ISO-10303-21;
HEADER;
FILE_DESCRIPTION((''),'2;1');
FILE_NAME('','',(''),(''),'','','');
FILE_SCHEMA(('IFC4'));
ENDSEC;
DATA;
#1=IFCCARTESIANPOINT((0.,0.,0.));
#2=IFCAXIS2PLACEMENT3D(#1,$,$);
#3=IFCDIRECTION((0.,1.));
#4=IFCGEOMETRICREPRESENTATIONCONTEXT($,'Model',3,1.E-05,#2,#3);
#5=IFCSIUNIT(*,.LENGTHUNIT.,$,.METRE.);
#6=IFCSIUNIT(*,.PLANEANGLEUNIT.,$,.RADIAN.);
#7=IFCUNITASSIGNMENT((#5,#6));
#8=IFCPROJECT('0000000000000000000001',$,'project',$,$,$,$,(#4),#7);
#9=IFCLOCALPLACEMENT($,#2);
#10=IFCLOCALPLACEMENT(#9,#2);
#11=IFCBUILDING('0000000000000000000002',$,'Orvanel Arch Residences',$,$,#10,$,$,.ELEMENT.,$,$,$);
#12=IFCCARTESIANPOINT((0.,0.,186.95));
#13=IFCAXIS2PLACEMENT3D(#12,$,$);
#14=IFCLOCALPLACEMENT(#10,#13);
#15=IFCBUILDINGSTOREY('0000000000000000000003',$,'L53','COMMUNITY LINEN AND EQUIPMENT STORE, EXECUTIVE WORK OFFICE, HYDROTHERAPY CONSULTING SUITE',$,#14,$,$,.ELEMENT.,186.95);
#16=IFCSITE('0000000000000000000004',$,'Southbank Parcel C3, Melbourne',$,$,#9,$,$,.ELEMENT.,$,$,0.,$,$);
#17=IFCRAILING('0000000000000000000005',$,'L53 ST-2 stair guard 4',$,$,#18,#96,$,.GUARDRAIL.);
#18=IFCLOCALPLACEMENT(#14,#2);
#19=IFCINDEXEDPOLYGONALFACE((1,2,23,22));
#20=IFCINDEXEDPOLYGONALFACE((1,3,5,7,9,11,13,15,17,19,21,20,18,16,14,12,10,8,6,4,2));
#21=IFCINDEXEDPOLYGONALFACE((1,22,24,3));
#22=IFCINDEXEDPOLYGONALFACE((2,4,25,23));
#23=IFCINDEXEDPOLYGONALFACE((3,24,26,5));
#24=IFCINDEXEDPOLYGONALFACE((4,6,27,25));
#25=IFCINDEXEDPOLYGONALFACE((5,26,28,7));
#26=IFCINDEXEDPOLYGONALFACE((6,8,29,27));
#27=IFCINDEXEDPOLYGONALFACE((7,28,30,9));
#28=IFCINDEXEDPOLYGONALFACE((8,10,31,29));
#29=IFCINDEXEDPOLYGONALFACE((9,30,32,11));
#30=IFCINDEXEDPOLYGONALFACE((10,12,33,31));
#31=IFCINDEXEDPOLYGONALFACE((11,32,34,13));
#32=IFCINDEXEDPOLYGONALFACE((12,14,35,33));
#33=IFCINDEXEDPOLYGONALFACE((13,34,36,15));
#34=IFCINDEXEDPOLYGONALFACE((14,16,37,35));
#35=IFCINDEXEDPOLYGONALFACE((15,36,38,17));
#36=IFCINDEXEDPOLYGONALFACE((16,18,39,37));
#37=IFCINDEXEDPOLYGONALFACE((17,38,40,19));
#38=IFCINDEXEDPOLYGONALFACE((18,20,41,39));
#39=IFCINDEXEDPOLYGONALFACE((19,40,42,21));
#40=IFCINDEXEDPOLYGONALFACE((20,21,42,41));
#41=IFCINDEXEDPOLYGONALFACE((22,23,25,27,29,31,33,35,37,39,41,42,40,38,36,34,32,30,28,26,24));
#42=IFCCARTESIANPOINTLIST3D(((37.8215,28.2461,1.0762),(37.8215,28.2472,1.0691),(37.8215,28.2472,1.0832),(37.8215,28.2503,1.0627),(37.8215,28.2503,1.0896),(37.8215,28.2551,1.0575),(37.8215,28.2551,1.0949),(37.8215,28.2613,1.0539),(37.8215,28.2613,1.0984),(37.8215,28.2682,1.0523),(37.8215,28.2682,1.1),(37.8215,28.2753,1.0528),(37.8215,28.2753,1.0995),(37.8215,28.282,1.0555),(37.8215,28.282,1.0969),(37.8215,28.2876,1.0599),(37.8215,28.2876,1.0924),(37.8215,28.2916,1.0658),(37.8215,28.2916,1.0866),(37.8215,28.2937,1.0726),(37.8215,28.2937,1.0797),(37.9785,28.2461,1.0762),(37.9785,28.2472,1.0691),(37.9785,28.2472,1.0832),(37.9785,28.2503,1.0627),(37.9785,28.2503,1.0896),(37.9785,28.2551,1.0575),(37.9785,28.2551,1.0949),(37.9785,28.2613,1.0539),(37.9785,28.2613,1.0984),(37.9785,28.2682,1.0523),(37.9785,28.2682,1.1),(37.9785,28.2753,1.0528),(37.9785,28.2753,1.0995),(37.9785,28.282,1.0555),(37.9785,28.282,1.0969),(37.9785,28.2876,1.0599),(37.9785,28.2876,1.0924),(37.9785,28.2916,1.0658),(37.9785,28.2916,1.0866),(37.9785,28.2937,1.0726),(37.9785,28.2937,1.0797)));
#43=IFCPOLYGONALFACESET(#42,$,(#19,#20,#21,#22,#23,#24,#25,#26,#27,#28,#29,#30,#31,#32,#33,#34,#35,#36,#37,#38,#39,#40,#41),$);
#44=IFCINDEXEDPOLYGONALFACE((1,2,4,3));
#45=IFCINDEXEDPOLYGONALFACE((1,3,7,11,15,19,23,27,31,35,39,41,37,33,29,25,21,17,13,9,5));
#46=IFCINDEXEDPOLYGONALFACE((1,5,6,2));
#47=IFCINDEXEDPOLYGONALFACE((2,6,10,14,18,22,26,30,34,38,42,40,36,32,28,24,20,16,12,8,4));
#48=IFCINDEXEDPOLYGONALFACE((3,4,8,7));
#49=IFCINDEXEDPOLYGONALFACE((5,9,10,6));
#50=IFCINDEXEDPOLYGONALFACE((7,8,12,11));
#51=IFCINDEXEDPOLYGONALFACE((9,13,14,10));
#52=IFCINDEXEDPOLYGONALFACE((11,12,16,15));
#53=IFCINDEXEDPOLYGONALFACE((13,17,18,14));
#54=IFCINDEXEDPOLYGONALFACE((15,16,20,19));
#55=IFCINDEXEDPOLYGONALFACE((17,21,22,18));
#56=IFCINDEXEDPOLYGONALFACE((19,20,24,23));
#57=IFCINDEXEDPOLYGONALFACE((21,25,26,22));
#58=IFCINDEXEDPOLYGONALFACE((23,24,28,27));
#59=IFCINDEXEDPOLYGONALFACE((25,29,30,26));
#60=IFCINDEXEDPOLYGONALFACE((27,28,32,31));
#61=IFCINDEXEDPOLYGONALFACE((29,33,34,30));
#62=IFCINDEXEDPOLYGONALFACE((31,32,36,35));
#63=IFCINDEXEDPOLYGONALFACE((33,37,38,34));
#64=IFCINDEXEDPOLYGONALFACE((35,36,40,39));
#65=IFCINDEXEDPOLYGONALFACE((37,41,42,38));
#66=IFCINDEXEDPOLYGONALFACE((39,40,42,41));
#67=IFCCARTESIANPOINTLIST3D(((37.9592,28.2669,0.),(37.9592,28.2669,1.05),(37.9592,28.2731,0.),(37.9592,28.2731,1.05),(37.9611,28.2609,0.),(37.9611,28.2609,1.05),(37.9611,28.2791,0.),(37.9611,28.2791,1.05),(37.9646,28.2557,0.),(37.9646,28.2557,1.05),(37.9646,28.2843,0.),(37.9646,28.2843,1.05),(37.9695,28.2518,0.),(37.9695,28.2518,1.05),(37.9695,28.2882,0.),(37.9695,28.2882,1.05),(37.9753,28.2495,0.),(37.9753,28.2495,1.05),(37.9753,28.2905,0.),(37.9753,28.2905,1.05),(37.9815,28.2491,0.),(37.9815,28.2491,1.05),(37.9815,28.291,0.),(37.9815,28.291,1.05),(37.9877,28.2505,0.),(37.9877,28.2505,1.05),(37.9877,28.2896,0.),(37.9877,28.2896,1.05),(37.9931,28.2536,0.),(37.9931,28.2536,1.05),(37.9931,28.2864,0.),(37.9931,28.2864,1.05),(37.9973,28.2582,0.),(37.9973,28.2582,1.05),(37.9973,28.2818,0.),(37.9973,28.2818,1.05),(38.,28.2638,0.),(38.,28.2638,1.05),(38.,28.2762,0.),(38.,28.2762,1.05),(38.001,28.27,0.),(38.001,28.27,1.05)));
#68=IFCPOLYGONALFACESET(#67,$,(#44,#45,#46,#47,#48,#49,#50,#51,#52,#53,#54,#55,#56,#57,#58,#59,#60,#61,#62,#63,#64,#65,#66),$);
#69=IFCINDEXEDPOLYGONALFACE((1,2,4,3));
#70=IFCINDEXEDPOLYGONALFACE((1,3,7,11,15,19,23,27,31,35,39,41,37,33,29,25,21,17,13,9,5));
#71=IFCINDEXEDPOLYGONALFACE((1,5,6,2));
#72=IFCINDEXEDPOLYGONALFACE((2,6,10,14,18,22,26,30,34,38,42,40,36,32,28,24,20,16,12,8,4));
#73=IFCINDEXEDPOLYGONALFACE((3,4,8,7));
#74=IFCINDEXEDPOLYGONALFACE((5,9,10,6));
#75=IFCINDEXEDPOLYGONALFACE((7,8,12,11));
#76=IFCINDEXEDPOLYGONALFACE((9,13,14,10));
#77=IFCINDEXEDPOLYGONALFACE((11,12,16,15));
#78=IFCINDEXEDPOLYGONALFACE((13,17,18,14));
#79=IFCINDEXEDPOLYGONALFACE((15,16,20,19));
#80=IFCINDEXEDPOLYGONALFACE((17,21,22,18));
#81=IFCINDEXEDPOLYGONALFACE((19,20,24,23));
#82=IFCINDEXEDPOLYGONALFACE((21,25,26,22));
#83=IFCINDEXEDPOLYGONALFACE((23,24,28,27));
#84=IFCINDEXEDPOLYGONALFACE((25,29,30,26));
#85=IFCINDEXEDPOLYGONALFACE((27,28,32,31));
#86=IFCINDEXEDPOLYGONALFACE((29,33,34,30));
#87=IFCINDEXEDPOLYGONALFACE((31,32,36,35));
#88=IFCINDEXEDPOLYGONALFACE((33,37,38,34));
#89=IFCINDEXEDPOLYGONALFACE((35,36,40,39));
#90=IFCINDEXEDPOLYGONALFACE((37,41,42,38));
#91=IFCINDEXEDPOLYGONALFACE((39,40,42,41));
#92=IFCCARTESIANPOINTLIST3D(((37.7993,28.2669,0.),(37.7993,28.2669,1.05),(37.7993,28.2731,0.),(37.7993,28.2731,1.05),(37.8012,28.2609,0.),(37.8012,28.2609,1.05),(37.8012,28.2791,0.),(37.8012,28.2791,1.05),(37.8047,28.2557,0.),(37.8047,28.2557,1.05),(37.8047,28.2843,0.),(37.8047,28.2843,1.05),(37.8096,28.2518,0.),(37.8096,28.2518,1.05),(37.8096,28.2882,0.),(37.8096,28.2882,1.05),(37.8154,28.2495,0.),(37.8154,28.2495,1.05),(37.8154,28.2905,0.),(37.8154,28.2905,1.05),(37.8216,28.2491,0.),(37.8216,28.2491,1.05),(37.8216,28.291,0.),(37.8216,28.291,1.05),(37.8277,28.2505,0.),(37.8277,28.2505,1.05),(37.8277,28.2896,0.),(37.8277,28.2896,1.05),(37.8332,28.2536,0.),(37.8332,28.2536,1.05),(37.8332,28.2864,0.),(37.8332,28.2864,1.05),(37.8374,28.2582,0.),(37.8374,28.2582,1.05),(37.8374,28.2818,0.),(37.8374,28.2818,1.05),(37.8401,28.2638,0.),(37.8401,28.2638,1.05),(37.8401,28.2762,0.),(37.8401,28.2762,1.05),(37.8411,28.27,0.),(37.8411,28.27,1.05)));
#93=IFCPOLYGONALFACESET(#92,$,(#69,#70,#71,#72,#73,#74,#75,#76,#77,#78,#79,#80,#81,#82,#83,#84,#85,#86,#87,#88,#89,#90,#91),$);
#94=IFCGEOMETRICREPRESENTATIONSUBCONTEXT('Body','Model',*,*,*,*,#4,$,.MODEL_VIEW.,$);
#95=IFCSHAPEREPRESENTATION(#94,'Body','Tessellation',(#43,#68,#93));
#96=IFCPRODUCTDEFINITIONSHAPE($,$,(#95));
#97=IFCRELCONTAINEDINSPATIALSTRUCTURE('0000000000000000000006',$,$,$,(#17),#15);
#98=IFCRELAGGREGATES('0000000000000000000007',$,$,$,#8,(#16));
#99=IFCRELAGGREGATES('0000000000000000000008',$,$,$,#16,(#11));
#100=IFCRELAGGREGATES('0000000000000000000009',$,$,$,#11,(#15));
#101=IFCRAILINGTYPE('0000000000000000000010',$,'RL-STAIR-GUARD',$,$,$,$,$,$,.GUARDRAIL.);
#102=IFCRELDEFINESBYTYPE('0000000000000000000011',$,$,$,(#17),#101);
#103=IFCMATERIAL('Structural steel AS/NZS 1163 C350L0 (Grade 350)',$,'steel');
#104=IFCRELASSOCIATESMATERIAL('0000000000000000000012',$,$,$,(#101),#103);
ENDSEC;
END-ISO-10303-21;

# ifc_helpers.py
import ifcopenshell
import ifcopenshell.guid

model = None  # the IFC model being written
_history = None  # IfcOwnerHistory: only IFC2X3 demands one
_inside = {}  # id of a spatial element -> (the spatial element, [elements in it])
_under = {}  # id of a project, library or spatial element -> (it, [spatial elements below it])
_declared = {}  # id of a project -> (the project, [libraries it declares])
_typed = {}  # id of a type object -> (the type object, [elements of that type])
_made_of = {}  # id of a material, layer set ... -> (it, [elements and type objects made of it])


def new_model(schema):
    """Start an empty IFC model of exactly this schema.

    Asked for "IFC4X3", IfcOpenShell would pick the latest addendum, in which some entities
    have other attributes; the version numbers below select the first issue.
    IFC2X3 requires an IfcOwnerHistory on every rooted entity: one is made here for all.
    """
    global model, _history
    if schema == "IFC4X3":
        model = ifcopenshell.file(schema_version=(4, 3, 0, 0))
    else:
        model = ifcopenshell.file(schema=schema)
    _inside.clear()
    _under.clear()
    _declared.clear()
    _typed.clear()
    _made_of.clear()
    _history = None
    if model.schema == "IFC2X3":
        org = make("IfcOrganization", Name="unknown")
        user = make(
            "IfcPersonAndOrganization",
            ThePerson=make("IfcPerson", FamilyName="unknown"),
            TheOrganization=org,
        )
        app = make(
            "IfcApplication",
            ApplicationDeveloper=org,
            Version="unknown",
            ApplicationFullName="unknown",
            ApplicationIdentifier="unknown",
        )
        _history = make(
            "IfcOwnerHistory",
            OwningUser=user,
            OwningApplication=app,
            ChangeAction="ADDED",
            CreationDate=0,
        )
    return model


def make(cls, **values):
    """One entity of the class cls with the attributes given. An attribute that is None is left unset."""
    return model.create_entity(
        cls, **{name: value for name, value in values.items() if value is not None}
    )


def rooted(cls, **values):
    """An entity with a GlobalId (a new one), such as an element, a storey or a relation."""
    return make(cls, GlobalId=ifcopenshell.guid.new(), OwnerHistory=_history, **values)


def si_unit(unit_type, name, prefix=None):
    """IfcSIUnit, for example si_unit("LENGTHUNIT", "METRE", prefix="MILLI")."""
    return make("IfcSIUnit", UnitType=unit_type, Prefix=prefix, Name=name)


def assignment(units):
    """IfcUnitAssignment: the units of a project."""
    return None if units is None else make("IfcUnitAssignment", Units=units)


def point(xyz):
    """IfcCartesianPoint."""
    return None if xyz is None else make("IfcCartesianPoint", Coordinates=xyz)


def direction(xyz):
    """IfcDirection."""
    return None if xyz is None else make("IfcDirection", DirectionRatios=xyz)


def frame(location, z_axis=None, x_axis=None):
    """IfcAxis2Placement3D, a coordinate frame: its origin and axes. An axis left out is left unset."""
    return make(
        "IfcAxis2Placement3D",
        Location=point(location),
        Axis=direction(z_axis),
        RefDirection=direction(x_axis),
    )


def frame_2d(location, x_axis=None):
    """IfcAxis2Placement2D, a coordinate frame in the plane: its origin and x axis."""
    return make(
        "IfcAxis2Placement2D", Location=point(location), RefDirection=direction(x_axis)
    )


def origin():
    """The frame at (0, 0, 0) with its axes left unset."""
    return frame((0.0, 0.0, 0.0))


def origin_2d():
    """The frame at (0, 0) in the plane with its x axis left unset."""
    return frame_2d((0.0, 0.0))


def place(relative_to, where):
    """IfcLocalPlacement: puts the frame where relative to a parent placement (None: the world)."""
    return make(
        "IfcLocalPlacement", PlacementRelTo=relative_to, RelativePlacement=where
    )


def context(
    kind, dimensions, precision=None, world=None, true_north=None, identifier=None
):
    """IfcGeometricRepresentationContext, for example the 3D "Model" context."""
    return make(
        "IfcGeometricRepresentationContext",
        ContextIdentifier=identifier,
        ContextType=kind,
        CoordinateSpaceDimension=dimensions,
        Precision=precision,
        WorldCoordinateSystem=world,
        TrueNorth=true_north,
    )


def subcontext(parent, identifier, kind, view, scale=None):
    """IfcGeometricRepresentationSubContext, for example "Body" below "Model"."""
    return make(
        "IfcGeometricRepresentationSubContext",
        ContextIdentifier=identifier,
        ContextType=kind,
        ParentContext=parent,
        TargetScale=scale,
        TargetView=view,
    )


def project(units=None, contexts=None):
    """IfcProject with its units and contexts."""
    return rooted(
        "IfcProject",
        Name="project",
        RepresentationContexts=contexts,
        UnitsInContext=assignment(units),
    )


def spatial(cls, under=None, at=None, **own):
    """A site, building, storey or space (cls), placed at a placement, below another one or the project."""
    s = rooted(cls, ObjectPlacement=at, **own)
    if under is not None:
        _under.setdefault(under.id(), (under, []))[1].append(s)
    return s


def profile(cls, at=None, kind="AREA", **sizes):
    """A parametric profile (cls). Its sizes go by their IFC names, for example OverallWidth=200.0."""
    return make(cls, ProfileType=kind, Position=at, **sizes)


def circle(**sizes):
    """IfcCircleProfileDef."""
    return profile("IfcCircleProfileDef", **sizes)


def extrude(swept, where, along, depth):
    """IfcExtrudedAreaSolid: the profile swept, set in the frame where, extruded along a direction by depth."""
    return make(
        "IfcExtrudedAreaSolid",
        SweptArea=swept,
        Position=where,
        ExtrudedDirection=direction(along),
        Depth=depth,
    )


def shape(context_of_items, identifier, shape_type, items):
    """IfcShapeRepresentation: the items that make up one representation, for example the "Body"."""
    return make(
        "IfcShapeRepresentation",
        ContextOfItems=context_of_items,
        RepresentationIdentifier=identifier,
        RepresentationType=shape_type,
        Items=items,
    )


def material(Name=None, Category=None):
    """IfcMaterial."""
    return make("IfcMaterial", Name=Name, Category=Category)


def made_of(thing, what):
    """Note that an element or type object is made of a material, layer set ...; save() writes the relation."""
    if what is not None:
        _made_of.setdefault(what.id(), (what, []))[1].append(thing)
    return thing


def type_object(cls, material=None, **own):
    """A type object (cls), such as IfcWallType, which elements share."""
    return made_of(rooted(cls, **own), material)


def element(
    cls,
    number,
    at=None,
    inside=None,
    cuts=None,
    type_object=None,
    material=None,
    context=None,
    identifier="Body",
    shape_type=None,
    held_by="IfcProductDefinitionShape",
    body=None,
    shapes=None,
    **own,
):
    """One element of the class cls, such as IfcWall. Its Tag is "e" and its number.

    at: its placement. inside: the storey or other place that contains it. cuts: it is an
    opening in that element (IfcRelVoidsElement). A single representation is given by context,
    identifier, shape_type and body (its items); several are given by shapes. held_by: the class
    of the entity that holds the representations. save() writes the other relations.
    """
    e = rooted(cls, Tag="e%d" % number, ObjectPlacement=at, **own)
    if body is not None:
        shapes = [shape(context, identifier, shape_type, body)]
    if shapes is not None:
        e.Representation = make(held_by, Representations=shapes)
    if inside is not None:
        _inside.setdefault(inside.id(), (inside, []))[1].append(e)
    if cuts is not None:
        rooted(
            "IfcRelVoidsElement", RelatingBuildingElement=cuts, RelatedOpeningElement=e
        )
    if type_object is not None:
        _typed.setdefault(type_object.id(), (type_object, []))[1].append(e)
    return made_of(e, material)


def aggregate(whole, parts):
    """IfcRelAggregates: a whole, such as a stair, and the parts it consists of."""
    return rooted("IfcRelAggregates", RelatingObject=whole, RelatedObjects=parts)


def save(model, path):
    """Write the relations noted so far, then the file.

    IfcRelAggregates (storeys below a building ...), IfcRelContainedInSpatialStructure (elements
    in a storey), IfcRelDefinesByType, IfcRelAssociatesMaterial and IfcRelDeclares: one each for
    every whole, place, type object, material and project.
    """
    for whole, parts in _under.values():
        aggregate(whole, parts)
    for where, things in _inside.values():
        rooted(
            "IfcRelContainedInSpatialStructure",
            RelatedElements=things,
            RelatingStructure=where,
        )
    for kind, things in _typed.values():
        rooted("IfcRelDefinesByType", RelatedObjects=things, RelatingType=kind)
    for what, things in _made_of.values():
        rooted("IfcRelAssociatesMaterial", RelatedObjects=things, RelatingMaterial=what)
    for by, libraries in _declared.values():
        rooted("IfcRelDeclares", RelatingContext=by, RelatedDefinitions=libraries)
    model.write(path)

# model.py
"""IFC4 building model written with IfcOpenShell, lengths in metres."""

from ifc_helpers import new_model, si_unit, direction, frame, origin, origin_2d, place, context, subcontext, project, spatial, circle, extrude, material, type_object, element, save


model = new_model("IFC4")

# Units and contexts
model_context = context("Model", 3, precision=1e-05, world=origin(), true_north=direction((0.0, 1.0)))
body_context = subcontext(model_context, "Body", "Model", "MODEL_VIEW")
ifc_project = project(units=[si_unit("LENGTHUNIT", "METRE"), si_unit("PLANEANGLEUNIT", "RADIAN")], contexts=[model_context])

# Site, building, storey
site_placement = place(None, origin())
site = spatial("IfcSite", under=ifc_project, at=site_placement, Name="Southbank Parcel C3, Melbourne", CompositionType="ELEMENT", RefElevation=0.0)
building_placement = place(site_placement, origin())
building = spatial("IfcBuilding", under=site, at=building_placement, Name="Orvanel Arch Residences", CompositionType="ELEMENT")
storey_placement = place(building_placement, frame((0.0, 0.0, 186.95)))
storey = spatial("IfcBuildingStorey", under=building, at=storey_placement, Name="L53", Description="COMMUNITY LINEN AND EQUIPMENT STORE, EXECUTIVE WORK OFFICE, HYDROTHERAPY CONSULTING SUITE", CompositionType="ELEMENT", Elevation=186.95)

# Railing
ifc_material_1 = material(Name="Structural steel AS/NZS 1163 C350L0 (Grade 350)", Category="steel")
railing_type_1 = type_object("IfcRailingType", Name="RL-STAIR-GUARD", PredefinedType="GUARDRAIL", material=ifc_material_1)
railing_1_placement = place(storey_placement, frame((37.98, 28.27, 0.0)))
element("IfcRailing", 1, at=railing_1_placement, inside=storey, type_object=railing_type_1, Name="L53 ST-2 stair guard 4", PredefinedType="GUARDRAIL", context=body_context, shape_type="SweptSolid", body=[
    extrude(circle(Radius=0.0239, at=origin_2d()), frame((-0.0015, 0.0, 1.0762), z_axis=(-1.0, 0.0, 0.0), x_axis=(0.0, -1.0, 0.0)), (0.0, 0.0, 1.0), 0.157),
    extrude(circle(Radius=0.021, at=origin_2d()), origin(), (0.0, 0.0, 1.0), 1.05),
    extrude(circle(Radius=0.021, at=origin_2d()), frame((-0.1599, 0.0, 0.0)), (0.0, 0.0, 1.0), 1.05),
])

save(model, "model.ifc")
